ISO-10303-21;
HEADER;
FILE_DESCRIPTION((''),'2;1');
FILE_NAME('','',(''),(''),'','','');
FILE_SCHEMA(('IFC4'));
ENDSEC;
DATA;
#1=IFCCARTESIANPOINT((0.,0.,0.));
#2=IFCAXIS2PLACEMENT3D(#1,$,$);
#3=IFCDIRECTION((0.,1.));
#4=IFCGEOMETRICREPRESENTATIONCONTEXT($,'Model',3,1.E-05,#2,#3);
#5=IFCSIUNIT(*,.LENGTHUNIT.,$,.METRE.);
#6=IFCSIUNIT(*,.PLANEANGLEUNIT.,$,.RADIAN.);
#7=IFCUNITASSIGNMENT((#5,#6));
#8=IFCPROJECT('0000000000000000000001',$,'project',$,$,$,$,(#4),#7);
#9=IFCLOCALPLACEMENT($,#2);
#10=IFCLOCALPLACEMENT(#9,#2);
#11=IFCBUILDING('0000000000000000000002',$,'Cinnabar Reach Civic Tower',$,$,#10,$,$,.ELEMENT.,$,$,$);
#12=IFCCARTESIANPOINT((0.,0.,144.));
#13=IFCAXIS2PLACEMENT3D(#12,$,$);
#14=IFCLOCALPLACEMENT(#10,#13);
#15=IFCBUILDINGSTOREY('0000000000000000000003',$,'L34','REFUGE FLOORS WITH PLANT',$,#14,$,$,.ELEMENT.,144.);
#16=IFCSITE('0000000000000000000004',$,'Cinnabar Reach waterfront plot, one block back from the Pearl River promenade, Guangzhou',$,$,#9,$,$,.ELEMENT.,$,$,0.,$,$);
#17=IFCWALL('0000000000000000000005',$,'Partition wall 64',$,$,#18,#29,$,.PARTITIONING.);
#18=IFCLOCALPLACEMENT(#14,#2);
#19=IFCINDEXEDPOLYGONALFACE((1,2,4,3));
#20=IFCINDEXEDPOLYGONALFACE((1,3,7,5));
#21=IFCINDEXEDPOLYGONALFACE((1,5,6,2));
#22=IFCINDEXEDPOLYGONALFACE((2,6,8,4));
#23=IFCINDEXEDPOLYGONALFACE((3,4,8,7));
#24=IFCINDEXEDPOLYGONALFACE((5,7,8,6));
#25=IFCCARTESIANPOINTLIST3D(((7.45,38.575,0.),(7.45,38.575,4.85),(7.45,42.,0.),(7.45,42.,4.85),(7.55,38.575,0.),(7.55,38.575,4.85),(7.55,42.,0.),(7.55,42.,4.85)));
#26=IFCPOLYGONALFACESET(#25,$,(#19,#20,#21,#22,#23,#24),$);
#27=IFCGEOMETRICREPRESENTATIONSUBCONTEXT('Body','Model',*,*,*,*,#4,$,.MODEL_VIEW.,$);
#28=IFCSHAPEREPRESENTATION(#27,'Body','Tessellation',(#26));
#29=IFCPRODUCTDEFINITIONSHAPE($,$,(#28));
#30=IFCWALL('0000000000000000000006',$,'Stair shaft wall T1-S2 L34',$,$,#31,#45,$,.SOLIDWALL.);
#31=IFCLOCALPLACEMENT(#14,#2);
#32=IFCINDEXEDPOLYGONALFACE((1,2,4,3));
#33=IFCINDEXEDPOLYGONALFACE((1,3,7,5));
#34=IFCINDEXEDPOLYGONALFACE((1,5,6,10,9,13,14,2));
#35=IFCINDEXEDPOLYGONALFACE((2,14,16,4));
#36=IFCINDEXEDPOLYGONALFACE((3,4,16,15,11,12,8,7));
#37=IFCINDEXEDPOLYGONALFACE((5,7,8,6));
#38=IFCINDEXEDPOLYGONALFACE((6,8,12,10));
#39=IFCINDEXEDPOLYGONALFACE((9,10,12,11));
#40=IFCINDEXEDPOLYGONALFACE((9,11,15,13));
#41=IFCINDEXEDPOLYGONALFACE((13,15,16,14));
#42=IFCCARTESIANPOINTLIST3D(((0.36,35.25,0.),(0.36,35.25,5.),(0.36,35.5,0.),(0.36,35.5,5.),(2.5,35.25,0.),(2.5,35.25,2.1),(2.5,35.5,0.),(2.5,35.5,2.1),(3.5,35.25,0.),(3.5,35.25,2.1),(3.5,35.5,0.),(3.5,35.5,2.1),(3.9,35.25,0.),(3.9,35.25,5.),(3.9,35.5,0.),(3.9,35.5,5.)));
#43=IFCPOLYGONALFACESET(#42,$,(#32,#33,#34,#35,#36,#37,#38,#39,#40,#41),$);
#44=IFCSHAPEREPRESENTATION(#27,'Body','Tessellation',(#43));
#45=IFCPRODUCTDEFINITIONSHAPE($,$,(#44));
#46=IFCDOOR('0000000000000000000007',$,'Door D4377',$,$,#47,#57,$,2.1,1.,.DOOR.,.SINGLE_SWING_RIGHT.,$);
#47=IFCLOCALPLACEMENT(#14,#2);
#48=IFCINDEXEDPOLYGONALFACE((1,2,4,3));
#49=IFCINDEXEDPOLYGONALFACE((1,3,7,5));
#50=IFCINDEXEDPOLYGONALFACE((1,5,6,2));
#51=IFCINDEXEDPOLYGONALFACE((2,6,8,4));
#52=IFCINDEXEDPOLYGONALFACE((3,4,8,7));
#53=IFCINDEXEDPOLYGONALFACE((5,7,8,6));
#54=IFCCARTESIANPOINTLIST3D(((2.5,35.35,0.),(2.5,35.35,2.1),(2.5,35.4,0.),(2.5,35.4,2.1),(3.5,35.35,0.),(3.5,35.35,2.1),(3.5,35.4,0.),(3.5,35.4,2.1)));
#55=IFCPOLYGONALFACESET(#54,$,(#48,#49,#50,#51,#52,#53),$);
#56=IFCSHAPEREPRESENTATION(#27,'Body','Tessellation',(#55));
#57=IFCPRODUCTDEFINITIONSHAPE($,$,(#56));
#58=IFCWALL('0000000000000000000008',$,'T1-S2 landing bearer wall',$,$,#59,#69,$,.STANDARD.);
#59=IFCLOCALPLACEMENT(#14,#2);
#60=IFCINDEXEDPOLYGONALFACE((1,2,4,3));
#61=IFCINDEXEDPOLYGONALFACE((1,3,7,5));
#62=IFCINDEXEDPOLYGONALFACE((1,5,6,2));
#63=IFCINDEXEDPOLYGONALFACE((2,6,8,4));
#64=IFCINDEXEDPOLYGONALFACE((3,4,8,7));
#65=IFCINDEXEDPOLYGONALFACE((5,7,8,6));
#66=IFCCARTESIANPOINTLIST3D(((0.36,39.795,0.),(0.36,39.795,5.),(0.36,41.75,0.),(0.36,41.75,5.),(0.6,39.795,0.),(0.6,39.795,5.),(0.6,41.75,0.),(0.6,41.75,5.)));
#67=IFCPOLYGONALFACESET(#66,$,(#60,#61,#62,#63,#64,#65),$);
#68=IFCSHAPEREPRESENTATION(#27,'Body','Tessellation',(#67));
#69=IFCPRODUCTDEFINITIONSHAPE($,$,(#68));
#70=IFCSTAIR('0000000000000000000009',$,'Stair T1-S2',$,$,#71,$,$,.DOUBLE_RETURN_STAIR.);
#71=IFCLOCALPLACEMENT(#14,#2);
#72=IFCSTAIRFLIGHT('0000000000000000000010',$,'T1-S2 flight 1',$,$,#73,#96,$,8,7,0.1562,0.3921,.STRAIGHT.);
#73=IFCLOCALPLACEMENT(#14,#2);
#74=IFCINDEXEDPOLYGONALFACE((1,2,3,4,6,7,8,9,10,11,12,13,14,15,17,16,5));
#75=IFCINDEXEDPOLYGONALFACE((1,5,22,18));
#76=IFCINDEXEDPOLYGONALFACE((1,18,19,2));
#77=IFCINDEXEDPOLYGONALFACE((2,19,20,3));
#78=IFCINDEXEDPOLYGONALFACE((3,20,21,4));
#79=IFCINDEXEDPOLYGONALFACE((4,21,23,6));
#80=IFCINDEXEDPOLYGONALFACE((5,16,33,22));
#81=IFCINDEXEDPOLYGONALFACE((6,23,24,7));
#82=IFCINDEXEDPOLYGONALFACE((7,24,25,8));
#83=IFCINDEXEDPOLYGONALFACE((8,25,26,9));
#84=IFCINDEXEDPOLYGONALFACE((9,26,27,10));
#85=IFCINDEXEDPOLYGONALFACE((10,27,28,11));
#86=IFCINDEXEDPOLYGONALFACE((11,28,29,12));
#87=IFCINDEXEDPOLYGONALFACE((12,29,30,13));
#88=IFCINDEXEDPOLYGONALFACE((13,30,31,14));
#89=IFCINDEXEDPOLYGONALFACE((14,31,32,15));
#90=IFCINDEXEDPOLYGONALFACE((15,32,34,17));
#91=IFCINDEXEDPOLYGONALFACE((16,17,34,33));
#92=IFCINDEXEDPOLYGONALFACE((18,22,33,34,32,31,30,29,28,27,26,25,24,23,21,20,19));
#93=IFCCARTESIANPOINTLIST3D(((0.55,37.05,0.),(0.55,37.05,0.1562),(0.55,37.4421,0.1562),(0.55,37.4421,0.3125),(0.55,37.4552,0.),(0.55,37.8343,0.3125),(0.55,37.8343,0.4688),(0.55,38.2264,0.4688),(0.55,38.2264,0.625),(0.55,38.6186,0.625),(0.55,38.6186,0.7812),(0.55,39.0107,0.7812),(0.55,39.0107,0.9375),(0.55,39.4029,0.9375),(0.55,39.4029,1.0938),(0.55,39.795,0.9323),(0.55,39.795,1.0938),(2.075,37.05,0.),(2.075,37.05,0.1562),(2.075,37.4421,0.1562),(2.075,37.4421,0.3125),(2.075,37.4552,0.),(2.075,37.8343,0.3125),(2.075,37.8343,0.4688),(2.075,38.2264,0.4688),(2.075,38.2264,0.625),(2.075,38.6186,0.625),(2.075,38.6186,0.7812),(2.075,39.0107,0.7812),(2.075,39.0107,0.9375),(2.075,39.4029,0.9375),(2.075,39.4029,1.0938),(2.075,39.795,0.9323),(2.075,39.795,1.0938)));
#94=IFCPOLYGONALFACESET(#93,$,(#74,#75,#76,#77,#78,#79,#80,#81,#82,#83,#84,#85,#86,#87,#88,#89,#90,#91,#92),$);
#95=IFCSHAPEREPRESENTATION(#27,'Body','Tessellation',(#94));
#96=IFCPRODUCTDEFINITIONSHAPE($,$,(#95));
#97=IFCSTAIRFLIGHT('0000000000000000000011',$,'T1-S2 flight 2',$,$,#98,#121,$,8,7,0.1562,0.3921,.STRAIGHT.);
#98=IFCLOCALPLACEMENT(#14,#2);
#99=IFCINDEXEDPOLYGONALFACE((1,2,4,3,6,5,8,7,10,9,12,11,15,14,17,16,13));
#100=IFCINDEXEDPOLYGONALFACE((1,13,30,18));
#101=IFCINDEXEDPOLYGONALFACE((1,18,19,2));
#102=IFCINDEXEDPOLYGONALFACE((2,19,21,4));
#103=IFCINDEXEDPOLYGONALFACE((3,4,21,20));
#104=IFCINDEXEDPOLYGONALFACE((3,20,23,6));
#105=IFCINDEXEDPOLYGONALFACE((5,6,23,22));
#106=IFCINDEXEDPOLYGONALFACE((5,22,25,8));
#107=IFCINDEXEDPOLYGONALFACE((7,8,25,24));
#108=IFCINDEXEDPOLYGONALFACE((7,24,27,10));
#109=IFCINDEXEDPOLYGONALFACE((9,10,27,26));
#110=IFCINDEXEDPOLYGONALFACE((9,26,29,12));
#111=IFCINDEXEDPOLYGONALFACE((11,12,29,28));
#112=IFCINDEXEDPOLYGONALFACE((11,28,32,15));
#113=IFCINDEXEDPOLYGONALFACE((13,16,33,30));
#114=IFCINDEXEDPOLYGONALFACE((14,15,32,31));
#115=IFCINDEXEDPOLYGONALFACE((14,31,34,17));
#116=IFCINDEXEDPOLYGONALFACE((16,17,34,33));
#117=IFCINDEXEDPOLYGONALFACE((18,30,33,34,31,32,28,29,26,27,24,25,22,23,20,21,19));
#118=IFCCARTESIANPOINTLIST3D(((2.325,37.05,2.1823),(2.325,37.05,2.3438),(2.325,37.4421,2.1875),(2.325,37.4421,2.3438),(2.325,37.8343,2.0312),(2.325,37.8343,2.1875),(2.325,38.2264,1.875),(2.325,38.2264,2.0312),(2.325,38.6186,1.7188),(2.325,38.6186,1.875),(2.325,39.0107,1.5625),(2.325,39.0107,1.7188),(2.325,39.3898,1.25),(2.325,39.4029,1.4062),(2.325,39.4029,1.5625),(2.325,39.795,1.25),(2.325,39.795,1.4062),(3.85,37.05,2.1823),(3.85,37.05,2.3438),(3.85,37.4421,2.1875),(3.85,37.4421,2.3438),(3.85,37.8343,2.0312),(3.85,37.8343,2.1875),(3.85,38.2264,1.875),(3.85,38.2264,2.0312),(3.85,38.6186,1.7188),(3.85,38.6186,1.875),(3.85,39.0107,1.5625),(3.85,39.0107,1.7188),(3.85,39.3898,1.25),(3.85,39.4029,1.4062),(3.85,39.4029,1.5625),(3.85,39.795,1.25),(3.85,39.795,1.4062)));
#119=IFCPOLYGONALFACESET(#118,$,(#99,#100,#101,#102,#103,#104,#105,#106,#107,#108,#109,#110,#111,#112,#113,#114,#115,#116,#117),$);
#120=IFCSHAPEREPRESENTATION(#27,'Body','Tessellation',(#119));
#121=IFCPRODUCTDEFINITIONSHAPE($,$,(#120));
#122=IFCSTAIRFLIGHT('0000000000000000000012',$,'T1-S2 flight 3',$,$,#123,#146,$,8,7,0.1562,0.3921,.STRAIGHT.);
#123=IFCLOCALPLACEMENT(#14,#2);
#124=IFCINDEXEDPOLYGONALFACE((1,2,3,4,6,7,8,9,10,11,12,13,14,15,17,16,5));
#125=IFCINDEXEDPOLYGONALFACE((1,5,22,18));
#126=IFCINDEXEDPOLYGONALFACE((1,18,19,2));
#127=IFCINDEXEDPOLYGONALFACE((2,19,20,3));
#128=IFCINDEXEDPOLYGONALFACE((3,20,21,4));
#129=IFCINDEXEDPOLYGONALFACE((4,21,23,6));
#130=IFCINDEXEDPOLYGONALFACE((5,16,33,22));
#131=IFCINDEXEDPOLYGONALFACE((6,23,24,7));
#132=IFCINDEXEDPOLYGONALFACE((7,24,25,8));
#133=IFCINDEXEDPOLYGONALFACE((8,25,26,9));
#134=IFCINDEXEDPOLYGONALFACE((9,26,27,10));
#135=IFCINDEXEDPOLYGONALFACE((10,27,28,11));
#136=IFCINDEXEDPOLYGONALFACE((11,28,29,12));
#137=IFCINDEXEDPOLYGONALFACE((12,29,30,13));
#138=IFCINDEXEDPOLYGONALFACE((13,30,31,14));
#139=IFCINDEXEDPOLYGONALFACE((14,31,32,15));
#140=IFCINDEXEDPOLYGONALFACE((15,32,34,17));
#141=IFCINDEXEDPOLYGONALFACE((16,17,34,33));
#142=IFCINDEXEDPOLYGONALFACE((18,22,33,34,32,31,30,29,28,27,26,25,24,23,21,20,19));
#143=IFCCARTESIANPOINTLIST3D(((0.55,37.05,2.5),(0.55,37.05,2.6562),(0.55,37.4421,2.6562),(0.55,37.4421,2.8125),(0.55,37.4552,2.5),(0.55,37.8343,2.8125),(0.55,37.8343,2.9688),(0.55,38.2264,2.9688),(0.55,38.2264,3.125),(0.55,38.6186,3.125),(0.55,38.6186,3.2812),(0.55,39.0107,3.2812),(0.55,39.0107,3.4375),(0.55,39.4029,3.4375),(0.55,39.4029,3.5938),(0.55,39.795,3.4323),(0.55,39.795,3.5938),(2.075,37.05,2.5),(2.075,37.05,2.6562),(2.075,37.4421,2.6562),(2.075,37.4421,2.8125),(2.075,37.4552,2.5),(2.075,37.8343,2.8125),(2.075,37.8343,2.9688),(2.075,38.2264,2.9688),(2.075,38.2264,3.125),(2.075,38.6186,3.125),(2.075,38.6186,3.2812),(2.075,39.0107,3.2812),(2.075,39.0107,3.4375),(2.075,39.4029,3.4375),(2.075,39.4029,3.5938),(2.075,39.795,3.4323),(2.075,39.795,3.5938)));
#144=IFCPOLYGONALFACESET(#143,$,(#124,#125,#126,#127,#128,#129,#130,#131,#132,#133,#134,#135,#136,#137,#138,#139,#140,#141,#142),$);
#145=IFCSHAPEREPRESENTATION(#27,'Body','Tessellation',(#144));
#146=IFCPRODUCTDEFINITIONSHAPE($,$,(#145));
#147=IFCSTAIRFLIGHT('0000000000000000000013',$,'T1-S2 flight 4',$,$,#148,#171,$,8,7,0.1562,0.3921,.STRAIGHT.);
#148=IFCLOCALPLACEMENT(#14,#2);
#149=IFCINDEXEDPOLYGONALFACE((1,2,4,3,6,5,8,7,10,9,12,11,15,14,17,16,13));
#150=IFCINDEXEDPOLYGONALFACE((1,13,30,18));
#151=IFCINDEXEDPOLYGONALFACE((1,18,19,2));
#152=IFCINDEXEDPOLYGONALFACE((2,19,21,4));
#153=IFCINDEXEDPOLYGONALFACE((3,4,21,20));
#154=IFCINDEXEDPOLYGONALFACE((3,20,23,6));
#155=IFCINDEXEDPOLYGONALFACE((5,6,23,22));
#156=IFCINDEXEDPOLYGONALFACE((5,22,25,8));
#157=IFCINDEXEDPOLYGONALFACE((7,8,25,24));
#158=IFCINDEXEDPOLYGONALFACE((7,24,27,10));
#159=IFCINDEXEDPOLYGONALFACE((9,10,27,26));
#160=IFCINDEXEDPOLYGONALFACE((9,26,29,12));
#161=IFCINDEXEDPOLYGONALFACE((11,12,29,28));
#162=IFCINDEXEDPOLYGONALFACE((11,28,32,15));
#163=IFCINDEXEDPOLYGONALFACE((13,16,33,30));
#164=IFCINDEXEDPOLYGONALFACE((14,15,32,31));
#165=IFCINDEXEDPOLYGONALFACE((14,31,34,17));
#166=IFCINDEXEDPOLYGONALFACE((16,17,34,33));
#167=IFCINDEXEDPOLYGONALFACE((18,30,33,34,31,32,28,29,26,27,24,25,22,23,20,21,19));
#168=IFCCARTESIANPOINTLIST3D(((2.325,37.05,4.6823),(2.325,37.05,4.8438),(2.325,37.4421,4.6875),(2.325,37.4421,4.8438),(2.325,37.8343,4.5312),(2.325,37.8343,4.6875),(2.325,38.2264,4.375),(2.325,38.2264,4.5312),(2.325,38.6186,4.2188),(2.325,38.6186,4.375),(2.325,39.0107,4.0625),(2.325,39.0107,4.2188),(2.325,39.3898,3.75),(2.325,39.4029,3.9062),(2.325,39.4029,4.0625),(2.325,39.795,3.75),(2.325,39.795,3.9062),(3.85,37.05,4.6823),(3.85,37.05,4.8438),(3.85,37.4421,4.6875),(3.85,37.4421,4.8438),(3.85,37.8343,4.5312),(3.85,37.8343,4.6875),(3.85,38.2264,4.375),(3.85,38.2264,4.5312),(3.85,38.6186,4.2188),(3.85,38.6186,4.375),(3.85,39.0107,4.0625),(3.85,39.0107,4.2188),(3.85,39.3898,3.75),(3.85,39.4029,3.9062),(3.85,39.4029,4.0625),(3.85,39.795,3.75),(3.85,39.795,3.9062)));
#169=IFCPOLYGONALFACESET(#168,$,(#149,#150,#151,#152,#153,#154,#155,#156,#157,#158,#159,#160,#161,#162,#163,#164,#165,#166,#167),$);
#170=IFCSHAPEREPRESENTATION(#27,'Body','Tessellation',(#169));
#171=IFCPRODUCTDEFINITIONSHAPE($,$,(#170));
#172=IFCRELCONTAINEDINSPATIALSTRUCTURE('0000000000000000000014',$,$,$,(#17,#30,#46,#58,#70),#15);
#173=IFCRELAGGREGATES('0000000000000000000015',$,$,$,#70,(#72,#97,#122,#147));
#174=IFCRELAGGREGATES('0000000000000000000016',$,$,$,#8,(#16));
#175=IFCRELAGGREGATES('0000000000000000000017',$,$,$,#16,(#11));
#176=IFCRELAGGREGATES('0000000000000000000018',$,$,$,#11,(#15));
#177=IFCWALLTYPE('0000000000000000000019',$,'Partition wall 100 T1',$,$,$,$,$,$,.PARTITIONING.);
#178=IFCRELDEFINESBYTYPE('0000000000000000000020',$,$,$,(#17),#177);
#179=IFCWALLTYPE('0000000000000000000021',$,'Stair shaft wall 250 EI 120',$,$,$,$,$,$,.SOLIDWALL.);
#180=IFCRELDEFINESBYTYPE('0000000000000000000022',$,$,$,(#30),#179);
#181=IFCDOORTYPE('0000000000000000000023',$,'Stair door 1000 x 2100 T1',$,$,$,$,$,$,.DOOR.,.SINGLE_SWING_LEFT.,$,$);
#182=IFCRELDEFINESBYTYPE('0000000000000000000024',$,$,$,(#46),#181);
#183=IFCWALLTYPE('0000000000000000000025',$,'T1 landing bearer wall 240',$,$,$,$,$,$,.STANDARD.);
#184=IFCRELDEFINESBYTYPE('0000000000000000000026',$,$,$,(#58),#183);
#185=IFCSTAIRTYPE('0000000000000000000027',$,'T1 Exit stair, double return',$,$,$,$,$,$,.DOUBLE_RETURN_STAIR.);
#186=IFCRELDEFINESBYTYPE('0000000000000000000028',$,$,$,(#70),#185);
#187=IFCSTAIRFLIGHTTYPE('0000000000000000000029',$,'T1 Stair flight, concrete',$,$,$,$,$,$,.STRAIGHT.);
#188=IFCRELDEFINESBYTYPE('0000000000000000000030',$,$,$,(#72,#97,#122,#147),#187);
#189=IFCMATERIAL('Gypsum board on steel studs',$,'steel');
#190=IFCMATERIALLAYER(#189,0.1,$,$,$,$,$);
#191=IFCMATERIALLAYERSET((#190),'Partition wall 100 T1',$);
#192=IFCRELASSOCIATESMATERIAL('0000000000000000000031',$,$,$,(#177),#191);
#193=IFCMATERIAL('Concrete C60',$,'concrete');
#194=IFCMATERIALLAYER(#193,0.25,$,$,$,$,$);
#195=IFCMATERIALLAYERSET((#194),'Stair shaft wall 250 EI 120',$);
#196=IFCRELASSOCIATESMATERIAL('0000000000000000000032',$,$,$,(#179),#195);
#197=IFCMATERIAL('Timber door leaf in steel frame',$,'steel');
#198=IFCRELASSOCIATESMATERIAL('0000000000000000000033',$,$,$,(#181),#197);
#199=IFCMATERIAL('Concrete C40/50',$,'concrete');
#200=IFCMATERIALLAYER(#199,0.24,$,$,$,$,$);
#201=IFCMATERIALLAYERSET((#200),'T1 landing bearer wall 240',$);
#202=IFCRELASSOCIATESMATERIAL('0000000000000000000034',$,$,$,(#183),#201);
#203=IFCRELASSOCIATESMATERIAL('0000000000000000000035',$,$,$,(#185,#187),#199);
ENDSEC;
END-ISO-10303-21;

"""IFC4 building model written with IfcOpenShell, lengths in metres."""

from ifc_helpers import new_model, si_unit, direction, frame, frame_2d, origin, place, context, subcontext, project, spatial, polyline, rectangle, outline, extrude, material, layer, layer_set, type_object, element, fill, aggregate, save


model = new_model("IFC4")

# Units and contexts
model_context = context("Model", 3, precision=1e-05, world=origin(), true_north=direction((0.0, 1.0)))
body_context = subcontext(model_context, "Body", "Model", "MODEL_VIEW")
ifc_project = project(units=[si_unit("LENGTHUNIT", "METRE"), si_unit("PLANEANGLEUNIT", "RADIAN")], contexts=[model_context])

# Site, building, storey
site_placement = place(None, origin())
site = spatial("IfcSite", under=ifc_project, at=site_placement, Name="Cinnabar Reach waterfront plot, one block back from the Pearl River promenade, Guangzhou", CompositionType="ELEMENT", RefElevation=0.0)
building_placement = place(site_placement, origin())
building = spatial("IfcBuilding", under=site, at=building_placement, Name="Cinnabar Reach Civic Tower", CompositionType="ELEMENT")
storey_placement = place(building_placement, frame((0.0, 0.0, 144.0)))
storey = spatial("IfcBuildingStorey", under=building, at=storey_placement, Name="L34", Description="REFUGE FLOORS WITH PLANT", CompositionType="ELEMENT", Elevation=144.0)

# Shared definitions
ifc_material_1 = material(Name="Timber door leaf in steel frame", Category="steel")

# Wall
ifc_material_2 = material(Name="Gypsum board on steel studs", Category="steel")
ifc_layer_1 = layer(ifc_material_2, 0.1)
ifc_layer_set_1 = layer_set([ifc_layer_1], Name="Partition wall 100 T1")
wall_type_1 = type_object("IfcWallType", Name="Partition wall 100 T1", PredefinedType="PARTITIONING", material=ifc_layer_set_1)
wall_1_placement = place(storey_placement, frame((7.5, 38.575, 0.0), z_axis=(0.0, 0.0, 1.0), x_axis=(0.0, 1.0, 0.0)))
element("IfcWall", 1, at=wall_1_placement, inside=storey, type_object=wall_type_1, Name="Partition wall 64", PredefinedType="PARTITIONING", context=body_context, shape_type="SweptSolid", body=[
    extrude(rectangle(XDim=3.425, YDim=0.1, at=frame_2d((1.7125, 0.0))), origin(), (0.0, 0.0, 1.0), 4.85),
])

# Wall, opening, door
ifc_material_3 = material(Name="Concrete C60", Category="concrete")
ifc_layer_2 = layer(ifc_material_3, 0.25)
ifc_layer_set_2 = layer_set([ifc_layer_2], Name="Stair shaft wall 250 EI 120")
wall_type_2 = type_object("IfcWallType", Name="Stair shaft wall 250 EI 120", PredefinedType="SOLIDWALL", material=ifc_layer_set_2)
wall_2_placement = place(storey_placement, frame((0.36, 35.375, 0.0), z_axis=(0.0, 0.0, 1.0), x_axis=(1.0, 0.0, 0.0)))
wall_2 = element("IfcWall", 2, at=wall_2_placement, inside=storey, type_object=wall_type_2, Name="Stair shaft wall T1-S2 L34", PredefinedType="SOLIDWALL", context=body_context, shape_type="SweptSolid", body=[
    extrude(rectangle(XDim=3.54, YDim=0.25, at=frame_2d((1.77, 0.0))), origin(), (0.0, 0.0, 1.0), 5.0),
])
opening_1_placement = place(wall_2_placement, frame((2.14, 0.0, 0.0)))
opening_1 = element("IfcOpeningElement", 3, at=opening_1_placement, cuts=wall_2, PredefinedType="OPENING", context=body_context, shape_type="SweptSolid", body=[
    extrude(rectangle(XDim=1.0, YDim=2.1, at=frame_2d((0.5, 1.05))), frame((0.0, 0.135, 0.0), z_axis=(0.0, -1.0, 0.0), x_axis=(1.0, 0.0, 0.0)), (0.0, 0.0, 1.0), 0.27),
])
door_type_1 = type_object("IfcDoorType", Name="Stair door 1000 x 2100 T1", OperationType="SINGLE_SWING_LEFT", PredefinedType="DOOR", material=ifc_material_1)
door_1_placement = place(opening_1_placement, origin())
door_1 = element("IfcDoor", 4, at=door_1_placement, inside=storey, type_object=door_type_1, Name="Door D4377", OperationType="SINGLE_SWING_RIGHT", OverallHeight=2.1, OverallWidth=1.0, PredefinedType="DOOR", context=body_context, shape_type="SweptSolid", body=[
    extrude(rectangle(XDim=1.0, YDim=2.1, at=frame_2d((0.5, 1.05))), frame((0.0, 0.025, 0.0), z_axis=(0.0, -1.0, 0.0), x_axis=(1.0, 0.0, 0.0)), (0.0, 0.0, 1.0), 0.05),
])
fill(opening_1, door_1)

# Wall
ifc_material_4 = material(Name="Concrete C40/50", Category="concrete")
ifc_layer_3 = layer(ifc_material_4, 0.24)
ifc_layer_set_3 = layer_set([ifc_layer_3], Name="T1 landing bearer wall 240")
wall_type_3 = type_object("IfcWallType", Name="T1 landing bearer wall 240", PredefinedType="STANDARD", material=ifc_layer_set_3)
wall_3_placement = place(storey_placement, frame((0.48, 39.795, 0.0), z_axis=(0.0, 0.0, 1.0), x_axis=(0.0, 1.0, 0.0)))
element("IfcWall", 5, at=wall_3_placement, inside=storey, type_object=wall_type_3, Name="T1-S2 landing bearer wall", PredefinedType="STANDARD", context=body_context, shape_type="SweptSolid", body=[
    extrude(rectangle(XDim=1.955, YDim=0.24, at=frame_2d((0.9775, 0.0))), origin(), (0.0, 0.0, 1.0), 5.0),
])

# Stair, stair flights
stair_type = type_object("IfcStairType", Name="T1 Exit stair, double return", PredefinedType="DOUBLE_RETURN_STAIR", material=ifc_material_4)
stair_placement = place(storey_placement, origin())
stair = element("IfcStair", 6, at=stair_placement, inside=storey, type_object=stair_type, Name="Stair T1-S2", PredefinedType="DOUBLE_RETURN_STAIR")
stair_flight_type = type_object("IfcStairFlightType", Name="T1 Stair flight, concrete", PredefinedType="STRAIGHT", material=ifc_material_4)
stair_flight_1_placement = place(storey_placement, frame((1.3125, 37.05, 0.0), z_axis=(0.0, 0.0, 1.0), x_axis=(0.0, 1.0, 0.0)))
stair_flight_1 = element("IfcStairFlight", 7, at=stair_flight_1_placement, type_object=stair_flight_type, Name="T1-S2 flight 1", NumberOfRisers=8, NumberOfTreads=7, PredefinedType="STRAIGHT", RiserHeight=0.1562, TreadLength=0.3921, context=body_context, shape_type="SweptSolid", body=[
    extrude(outline(polyline([(0.0, 0.0), (0.0, 0.1562), (0.3921, 0.1562), (0.3921, 0.3125), (0.7843, 0.3125), (0.7843, 0.4688), (1.1764, 0.4688), (1.1764, 0.625), (1.5686, 0.625), (1.5686, 0.7812), (1.9607, 0.7812), (1.9607, 0.9375), (2.3529, 0.9375), (2.3529, 1.0938), (2.745, 1.0938), (2.745, 1.25), (2.745, 0.9323), (0.4052, 0.0), (0.0, 0.0)])), frame((0.0, 0.7625, 0.0), z_axis=(0.0, -1.0, 0.0), x_axis=(1.0, 0.0, 0.0)), (0.0, 0.0, 1.0), 1.525),
])
stair_flight_2_placement = place(storey_placement, frame((3.0875, 39.795, 1.25), z_axis=(0.0, 0.0, 1.0), x_axis=(0.0, -1.0, 0.0)))
stair_flight_2 = element("IfcStairFlight", 8, at=stair_flight_2_placement, type_object=stair_flight_type, Name="T1-S2 flight 2", NumberOfRisers=8, NumberOfTreads=7, PredefinedType="STRAIGHT", RiserHeight=0.1562, TreadLength=0.3921, context=body_context, shape_type="SweptSolid", body=[
    extrude(outline(polyline([(0.0, 0.0), (0.0, 0.1562), (0.3921, 0.1562), (0.3921, 0.3125), (0.7843, 0.3125), (0.7843, 0.4688), (1.1764, 0.4688), (1.1764, 0.625), (1.5686, 0.625), (1.5686, 0.7812), (1.9607, 0.7812), (1.9607, 0.9375), (2.3529, 0.9375), (2.3529, 1.0938), (2.745, 1.0938), (2.745, 1.25), (2.745, 0.9323), (0.4052, 0.0), (0.0, 0.0)])), frame((0.0, 0.7625, 0.0), z_axis=(0.0, -1.0, 0.0), x_axis=(1.0, 0.0, 0.0)), (0.0, 0.0, 1.0), 1.525),
])
stair_flight_3_placement = place(storey_placement, frame((1.3125, 37.05, 2.5), z_axis=(0.0, 0.0, 1.0), x_axis=(0.0, 1.0, 0.0)))
stair_flight_3 = element("IfcStairFlight", 9, at=stair_flight_3_placement, type_object=stair_flight_type, Name="T1-S2 flight 3", NumberOfRisers=8, NumberOfTreads=7, PredefinedType="STRAIGHT", RiserHeight=0.1562, TreadLength=0.3921, context=body_context, shape_type="SweptSolid", body=[
    extrude(outline(polyline([(0.0, 0.0), (0.0, 0.1562), (0.3921, 0.1562), (0.3921, 0.3125), (0.7843, 0.3125), (0.7843, 0.4688), (1.1764, 0.4688), (1.1764, 0.625), (1.5686, 0.625), (1.5686, 0.7812), (1.9607, 0.7812), (1.9607, 0.9375), (2.3529, 0.9375), (2.3529, 1.0938), (2.745, 1.0938), (2.745, 1.25), (2.745, 0.9323), (0.4052, 0.0), (0.0, 0.0)])), frame((0.0, 0.7625, 0.0), z_axis=(0.0, -1.0, 0.0), x_axis=(1.0, 0.0, 0.0)), (0.0, 0.0, 1.0), 1.525),
])
stair_flight_4_placement = place(storey_placement, frame((3.0875, 39.795, 3.75), z_axis=(0.0, 0.0, 1.0), x_axis=(0.0, -1.0, 0.0)))
stair_flight_4 = element("IfcStairFlight", 10, at=stair_flight_4_placement, type_object=stair_flight_type, Name="T1-S2 flight 4", NumberOfRisers=8, NumberOfTreads=7, PredefinedType="STRAIGHT", RiserHeight=0.1562, TreadLength=0.3921, context=body_context, shape_type="SweptSolid", body=[
    extrude(outline(polyline([(0.0, 0.0), (0.0, 0.1562), (0.3921, 0.1562), (0.3921, 0.3125), (0.7843, 0.3125), (0.7843, 0.4688), (1.1764, 0.4688), (1.1764, 0.625), (1.5686, 0.625), (1.5686, 0.7812), (1.9607, 0.7812), (1.9607, 0.9375), (2.3529, 0.9375), (2.3529, 1.0938), (2.745, 1.0938), (2.745, 1.25), (2.745, 0.9323), (0.4052, 0.0), (0.0, 0.0)])), frame((0.0, 0.7625, 0.0), z_axis=(0.0, -1.0, 0.0), x_axis=(1.0, 0.0, 0.0)), (0.0, 0.0, 1.0), 1.525),
])
aggregate(stair, [stair_flight_1, stair_flight_2, stair_flight_3, stair_flight_4])

save(model, "model.ifc")
